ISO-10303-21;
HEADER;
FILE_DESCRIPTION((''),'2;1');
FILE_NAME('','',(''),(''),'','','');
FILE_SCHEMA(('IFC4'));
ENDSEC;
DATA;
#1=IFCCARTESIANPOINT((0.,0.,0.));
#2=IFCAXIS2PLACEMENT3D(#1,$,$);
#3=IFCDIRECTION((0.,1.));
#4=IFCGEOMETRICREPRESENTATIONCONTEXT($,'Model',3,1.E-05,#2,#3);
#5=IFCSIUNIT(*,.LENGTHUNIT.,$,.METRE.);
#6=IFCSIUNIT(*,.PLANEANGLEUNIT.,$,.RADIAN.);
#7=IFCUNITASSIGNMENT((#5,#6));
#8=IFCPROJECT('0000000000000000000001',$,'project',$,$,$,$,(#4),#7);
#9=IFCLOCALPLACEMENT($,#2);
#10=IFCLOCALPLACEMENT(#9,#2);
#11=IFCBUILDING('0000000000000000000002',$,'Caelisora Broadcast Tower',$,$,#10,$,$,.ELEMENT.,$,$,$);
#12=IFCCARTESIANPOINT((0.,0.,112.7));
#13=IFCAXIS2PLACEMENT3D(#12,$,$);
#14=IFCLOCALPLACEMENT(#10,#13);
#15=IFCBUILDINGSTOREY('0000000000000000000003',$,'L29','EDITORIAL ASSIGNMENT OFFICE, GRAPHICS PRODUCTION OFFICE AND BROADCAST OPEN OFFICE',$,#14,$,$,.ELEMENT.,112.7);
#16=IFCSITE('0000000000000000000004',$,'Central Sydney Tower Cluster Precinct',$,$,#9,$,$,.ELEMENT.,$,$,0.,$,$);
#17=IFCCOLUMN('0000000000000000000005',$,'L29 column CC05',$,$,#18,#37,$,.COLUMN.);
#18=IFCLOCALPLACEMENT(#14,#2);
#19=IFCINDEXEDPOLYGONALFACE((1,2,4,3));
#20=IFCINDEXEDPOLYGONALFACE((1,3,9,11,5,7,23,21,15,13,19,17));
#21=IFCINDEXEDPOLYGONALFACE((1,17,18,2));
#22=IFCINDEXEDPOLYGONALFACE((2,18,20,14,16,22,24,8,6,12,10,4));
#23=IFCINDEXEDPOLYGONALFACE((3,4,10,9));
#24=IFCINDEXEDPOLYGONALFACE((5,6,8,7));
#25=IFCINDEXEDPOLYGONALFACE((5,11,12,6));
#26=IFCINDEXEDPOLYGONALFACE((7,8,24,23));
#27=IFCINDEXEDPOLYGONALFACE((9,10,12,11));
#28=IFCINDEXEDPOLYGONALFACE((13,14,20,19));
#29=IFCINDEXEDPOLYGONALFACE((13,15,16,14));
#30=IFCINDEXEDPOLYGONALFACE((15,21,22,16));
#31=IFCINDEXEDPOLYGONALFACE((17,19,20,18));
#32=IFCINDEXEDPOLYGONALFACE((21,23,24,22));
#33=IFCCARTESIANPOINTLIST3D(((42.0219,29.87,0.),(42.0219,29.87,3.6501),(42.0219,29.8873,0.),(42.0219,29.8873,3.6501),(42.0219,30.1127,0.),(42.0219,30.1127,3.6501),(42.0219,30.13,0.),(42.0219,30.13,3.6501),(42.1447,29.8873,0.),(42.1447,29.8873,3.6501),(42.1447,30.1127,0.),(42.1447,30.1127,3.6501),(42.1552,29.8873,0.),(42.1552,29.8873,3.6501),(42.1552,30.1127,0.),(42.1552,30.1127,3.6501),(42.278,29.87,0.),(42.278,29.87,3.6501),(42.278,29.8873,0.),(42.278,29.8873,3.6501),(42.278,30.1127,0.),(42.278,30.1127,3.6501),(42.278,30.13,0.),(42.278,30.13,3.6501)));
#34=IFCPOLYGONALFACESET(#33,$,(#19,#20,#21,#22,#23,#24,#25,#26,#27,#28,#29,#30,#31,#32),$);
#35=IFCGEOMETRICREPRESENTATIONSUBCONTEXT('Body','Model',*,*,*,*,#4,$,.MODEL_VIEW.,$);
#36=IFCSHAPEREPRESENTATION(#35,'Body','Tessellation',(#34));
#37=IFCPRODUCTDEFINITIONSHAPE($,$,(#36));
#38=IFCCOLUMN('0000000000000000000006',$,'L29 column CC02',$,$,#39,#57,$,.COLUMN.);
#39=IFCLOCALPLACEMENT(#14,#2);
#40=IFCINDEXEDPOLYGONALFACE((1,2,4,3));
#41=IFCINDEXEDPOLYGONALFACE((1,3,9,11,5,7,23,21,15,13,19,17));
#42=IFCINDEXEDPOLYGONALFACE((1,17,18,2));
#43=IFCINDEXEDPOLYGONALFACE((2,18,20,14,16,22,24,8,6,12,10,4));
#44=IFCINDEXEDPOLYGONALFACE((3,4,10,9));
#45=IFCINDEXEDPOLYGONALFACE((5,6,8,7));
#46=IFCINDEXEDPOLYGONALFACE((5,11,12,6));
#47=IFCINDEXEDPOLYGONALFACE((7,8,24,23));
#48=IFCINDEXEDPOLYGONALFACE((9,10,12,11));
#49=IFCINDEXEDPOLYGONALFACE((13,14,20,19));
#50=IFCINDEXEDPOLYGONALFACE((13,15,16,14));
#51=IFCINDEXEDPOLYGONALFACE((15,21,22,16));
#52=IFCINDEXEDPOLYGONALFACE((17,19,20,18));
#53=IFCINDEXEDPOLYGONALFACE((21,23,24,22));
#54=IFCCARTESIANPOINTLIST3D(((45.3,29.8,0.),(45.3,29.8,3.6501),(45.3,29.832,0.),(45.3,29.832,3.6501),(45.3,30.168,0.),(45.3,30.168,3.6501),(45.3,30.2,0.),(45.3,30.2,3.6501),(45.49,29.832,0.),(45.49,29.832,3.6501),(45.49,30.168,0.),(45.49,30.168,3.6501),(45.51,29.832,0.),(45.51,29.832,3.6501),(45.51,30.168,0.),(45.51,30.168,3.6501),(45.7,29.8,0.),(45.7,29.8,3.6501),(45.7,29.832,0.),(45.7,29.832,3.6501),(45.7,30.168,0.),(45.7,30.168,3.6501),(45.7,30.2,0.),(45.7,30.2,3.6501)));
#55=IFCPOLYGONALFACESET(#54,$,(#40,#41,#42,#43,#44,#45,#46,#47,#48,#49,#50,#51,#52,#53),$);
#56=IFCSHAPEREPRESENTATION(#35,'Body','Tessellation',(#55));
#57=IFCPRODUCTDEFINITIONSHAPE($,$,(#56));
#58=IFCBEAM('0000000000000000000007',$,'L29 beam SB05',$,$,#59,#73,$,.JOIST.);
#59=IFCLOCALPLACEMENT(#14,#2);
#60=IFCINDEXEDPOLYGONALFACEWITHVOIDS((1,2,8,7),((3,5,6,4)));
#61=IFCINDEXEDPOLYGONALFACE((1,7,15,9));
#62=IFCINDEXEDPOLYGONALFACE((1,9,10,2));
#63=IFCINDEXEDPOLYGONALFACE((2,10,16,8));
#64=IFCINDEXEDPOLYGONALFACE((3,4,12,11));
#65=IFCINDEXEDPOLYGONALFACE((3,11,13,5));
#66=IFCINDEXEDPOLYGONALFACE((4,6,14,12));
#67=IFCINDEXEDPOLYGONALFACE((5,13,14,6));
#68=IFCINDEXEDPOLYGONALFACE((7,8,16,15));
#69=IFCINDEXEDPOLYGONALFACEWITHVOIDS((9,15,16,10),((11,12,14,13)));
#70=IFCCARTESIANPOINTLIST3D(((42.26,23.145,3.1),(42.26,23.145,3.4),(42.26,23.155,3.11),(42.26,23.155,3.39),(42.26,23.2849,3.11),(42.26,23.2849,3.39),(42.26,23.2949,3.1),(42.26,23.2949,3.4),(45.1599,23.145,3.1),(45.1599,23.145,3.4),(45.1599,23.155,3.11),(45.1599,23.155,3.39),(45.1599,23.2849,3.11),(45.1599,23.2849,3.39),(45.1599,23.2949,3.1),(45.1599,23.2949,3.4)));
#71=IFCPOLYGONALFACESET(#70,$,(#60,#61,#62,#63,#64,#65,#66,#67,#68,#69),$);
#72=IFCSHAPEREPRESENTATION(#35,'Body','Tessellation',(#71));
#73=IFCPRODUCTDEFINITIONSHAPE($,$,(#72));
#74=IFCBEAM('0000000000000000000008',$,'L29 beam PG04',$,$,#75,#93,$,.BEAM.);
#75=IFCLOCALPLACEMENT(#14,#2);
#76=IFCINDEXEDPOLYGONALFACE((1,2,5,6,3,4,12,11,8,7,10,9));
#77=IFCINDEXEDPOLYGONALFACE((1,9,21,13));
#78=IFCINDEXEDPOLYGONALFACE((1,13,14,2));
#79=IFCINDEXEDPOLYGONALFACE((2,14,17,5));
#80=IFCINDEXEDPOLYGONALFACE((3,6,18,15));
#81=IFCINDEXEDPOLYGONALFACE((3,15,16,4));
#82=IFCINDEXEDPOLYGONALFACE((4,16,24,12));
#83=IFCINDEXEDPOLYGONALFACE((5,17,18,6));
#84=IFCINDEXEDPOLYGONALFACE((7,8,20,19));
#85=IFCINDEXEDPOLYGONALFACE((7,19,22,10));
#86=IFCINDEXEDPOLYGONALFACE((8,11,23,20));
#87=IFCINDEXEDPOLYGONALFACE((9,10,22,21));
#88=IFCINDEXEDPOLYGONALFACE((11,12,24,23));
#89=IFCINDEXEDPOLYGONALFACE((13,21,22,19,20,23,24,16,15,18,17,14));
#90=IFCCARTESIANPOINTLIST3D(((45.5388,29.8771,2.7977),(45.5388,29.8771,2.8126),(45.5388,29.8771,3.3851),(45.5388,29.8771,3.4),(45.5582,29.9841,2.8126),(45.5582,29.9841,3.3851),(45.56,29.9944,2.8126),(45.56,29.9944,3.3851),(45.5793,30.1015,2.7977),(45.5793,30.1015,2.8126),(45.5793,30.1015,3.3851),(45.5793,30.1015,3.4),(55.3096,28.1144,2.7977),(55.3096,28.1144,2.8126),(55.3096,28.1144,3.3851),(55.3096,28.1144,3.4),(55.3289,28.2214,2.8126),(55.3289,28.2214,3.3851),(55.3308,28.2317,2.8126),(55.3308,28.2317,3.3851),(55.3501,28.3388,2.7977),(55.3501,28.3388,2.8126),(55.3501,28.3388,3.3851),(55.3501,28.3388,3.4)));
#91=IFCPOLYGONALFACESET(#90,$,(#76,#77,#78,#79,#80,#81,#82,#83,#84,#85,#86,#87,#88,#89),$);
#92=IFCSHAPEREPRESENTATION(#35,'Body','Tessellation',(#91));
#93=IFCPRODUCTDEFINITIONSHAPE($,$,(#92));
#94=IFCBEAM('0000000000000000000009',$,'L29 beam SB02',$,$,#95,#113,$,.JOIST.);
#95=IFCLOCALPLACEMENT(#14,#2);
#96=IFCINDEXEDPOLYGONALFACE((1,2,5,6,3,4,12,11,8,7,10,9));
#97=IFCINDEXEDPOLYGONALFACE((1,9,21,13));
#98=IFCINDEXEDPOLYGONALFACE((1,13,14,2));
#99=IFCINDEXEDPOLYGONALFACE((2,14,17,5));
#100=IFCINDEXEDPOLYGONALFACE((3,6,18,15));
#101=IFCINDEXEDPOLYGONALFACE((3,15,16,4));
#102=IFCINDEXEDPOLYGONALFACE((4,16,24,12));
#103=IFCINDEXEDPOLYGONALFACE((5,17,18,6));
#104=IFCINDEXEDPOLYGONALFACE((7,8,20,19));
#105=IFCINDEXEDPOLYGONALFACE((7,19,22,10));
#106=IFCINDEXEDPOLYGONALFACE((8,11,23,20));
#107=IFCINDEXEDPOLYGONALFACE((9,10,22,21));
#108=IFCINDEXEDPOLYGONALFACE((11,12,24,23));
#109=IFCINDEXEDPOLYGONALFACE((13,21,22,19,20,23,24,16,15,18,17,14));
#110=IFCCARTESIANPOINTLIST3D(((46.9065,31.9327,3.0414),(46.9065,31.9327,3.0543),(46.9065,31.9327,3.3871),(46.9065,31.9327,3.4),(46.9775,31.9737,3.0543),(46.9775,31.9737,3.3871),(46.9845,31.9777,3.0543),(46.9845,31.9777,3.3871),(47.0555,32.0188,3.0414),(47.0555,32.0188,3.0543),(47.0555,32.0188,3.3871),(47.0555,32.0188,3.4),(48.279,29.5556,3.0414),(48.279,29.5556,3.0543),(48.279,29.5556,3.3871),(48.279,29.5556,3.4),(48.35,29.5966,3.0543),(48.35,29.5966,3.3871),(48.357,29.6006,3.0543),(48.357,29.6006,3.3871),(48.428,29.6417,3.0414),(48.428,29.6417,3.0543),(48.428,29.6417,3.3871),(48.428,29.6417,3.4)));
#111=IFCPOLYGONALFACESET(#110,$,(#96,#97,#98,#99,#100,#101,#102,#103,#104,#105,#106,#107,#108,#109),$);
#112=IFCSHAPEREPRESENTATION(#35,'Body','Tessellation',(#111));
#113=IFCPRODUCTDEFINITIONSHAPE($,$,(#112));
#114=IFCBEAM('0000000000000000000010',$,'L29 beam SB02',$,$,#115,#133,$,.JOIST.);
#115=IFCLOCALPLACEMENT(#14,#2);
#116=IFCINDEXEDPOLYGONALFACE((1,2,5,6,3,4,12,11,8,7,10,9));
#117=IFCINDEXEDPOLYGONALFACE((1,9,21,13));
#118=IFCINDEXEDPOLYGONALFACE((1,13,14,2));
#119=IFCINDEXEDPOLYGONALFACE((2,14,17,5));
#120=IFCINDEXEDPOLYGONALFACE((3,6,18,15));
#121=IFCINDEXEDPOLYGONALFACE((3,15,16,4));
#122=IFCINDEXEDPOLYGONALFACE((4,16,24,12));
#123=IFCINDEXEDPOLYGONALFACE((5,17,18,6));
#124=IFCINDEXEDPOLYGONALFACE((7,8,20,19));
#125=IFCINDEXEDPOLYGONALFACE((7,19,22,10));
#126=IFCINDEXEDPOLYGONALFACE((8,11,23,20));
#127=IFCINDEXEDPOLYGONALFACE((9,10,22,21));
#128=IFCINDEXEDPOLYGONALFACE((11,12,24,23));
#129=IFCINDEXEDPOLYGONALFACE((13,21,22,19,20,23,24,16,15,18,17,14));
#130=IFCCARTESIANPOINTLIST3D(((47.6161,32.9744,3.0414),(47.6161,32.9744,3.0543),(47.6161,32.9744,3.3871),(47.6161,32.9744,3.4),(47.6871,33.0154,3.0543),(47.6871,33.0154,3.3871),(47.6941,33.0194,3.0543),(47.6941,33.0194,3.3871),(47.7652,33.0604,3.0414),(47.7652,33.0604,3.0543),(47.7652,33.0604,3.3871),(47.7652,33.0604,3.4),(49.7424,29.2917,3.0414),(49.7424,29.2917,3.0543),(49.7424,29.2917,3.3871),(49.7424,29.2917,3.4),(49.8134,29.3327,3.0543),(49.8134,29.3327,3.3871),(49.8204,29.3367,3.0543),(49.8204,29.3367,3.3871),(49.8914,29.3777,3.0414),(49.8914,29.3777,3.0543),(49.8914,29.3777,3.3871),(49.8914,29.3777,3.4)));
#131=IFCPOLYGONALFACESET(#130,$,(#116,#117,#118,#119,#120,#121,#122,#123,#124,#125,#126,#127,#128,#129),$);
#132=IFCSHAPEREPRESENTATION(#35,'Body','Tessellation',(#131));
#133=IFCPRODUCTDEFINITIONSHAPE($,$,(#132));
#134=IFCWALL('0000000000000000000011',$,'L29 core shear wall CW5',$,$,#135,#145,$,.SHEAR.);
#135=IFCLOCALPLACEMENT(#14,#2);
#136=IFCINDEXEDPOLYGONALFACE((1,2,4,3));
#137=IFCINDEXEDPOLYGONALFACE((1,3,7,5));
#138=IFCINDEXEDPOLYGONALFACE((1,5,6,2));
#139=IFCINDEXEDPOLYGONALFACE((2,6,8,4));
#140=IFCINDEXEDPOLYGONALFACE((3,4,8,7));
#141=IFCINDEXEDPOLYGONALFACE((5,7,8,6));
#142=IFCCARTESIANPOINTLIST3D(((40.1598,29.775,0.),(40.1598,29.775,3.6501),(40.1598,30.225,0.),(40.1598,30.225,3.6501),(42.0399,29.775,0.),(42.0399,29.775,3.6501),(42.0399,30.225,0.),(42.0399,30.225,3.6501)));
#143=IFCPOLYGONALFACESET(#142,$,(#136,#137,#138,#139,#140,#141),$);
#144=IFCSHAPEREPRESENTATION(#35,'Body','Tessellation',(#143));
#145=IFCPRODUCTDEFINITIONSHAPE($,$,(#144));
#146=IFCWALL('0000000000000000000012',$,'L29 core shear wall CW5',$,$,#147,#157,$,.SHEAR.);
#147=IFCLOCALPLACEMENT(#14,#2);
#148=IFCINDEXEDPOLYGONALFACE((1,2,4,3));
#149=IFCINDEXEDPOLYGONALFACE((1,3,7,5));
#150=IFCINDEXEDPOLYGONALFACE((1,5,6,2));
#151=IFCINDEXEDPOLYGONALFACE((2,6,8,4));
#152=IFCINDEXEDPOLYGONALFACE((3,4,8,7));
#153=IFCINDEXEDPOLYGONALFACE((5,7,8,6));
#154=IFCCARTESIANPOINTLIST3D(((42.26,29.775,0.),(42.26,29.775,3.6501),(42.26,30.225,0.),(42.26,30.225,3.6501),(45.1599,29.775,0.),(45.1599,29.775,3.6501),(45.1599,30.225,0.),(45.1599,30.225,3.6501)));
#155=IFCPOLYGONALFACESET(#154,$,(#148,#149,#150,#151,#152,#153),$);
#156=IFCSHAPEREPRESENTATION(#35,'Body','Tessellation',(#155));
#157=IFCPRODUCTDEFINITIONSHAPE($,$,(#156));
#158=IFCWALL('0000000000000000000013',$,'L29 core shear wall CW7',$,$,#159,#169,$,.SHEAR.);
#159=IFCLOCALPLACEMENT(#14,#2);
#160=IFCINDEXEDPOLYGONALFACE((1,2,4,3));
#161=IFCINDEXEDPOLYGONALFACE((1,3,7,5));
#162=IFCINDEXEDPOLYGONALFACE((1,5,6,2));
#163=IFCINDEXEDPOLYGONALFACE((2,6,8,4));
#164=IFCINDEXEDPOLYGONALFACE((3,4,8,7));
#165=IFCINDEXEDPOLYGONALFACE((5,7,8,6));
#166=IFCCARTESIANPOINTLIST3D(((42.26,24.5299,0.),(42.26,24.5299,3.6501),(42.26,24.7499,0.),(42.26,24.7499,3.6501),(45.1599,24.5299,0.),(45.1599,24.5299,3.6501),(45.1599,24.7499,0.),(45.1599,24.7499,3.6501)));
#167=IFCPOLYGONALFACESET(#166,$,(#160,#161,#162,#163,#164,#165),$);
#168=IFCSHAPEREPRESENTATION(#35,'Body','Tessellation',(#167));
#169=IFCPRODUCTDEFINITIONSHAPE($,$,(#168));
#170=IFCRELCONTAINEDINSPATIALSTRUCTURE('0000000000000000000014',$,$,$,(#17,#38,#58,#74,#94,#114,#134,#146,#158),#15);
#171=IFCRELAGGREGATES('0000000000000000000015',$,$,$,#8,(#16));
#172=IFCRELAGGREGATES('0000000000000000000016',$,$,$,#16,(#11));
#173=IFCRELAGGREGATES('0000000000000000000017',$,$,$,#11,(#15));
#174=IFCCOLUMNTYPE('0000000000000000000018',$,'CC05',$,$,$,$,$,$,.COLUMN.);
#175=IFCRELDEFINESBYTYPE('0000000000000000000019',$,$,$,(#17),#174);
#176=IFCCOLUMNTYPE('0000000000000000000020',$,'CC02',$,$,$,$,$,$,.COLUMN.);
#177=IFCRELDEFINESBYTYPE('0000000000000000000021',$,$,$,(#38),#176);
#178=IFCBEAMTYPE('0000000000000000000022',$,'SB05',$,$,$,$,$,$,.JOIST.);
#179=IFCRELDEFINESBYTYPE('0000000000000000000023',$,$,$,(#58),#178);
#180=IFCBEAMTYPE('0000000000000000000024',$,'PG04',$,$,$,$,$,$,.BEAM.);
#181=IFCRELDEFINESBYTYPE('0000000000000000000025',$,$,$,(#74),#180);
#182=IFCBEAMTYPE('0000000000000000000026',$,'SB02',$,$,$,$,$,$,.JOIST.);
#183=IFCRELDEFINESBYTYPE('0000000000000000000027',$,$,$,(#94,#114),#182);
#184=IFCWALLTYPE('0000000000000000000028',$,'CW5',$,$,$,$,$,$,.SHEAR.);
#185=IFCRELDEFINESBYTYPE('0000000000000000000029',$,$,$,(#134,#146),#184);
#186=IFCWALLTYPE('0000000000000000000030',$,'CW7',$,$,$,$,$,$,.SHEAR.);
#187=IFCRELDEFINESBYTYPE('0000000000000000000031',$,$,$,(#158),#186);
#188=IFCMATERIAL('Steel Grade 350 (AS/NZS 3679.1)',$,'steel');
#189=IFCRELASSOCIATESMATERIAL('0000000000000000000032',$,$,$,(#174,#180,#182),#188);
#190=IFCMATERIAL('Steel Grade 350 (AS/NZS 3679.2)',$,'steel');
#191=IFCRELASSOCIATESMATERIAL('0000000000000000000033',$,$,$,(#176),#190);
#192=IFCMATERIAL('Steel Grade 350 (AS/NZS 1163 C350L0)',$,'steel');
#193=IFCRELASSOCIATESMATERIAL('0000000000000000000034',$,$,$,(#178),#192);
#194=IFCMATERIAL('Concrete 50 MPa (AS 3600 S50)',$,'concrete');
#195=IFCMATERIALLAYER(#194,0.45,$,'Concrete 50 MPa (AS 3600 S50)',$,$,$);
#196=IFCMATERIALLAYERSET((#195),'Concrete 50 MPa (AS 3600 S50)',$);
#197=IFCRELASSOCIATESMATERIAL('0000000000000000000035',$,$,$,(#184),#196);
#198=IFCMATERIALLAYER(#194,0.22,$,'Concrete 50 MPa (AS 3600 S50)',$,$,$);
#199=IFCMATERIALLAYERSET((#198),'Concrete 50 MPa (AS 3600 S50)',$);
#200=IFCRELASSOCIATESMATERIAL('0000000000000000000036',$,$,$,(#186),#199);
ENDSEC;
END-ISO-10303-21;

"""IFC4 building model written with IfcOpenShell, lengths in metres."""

from ifc_helpers import new_model, si_unit, direction, frame, frame_2d, origin, origin_2d, place, context, subcontext, project, spatial, rectangle, hollow_rectangle, i_section, extrude, source, transform, mapped, material, layer, layer_set, material_profile, profile_set, type_object, type_shapes, element, save


model = new_model("IFC4")

# Units and contexts
model_context = context("Model", 3, precision=1e-05, world=origin(), true_north=direction((0.0, 1.0)))
body_context = subcontext(model_context, "Body", "Model", "MODEL_VIEW")
ifc_project = project(units=[si_unit("LENGTHUNIT", "METRE"), si_unit("PLANEANGLEUNIT", "RADIAN")], contexts=[model_context])

# Site, building, storey
site_placement = place(None, origin())
site = spatial("IfcSite", under=ifc_project, at=site_placement, Name="Central Sydney Tower Cluster Precinct", CompositionType="ELEMENT", RefElevation=0.0)
building_placement = place(site_placement, origin())
building = spatial("IfcBuilding", under=site, at=building_placement, Name="Caelisora Broadcast Tower", CompositionType="ELEMENT")
storey_placement = place(building_placement, frame((0.0, 0.0, 112.7)))
storey = spatial("IfcBuildingStorey", under=building, at=storey_placement, Name="L29", Description="EDITORIAL ASSIGNMENT OFFICE, GRAPHICS PRODUCTION OFFICE AND BROADCAST OPEN OFFICE", CompositionType="ELEMENT", Elevation=112.7)

# Columns
ifc_material_1 = material(Name="Steel Grade 350 (AS/NZS 3679.1)", Category="steel")
ifc_material_profile_1 = material_profile(ifc_material_1, i_section(OverallWidth=0.2561, OverallDepth=0.26, WebThickness=0.0105, FlangeThickness=0.0173, at=origin_2d()), Name="Steel Grade 350 (AS/NZS 3679.1)")
ifc_profile_set_1 = profile_set([ifc_material_profile_1], Name="Steel Grade 350 (AS/NZS 3679.1)")
column_type_1 = type_object("IfcColumnType", Name="CC05", PredefinedType="COLUMN", material=ifc_profile_set_1)
shared_shape_1 = source(origin(), body_context, "Body", "SweptSolid", [
    extrude(i_section(OverallWidth=0.2561, OverallDepth=0.26, WebThickness=0.0105, FlangeThickness=0.0173, at=origin_2d()), origin(), (0.0, 0.0, 1.0), 3.6501),
])
type_shapes(column_type_1, [shared_shape_1])
column_1_placement = place(storey_placement, frame((42.1499, 30.0, 0.0), z_axis=(0.0, 0.0, 1.0), x_axis=(1.0, 0.0, 0.0)))
element("IfcColumn", 1, at=column_1_placement, inside=storey, type_object=column_type_1, Name="L29 column CC05", PredefinedType="COLUMN", context=body_context, shape_type="MappedRepresentation", body=[
    mapped(shared_shape_1, transform((0.0, 0.0, 0.0), scale=1.0)),
])
ifc_material_2 = material(Name="Steel Grade 350 (AS/NZS 3679.2)", Category="steel")
ifc_material_profile_2 = material_profile(ifc_material_2, i_section(OverallWidth=0.3999, OverallDepth=0.3999, WebThickness=0.02, FlangeThickness=0.032, at=origin_2d()), Name="Steel Grade 350 (AS/NZS 3679.2)")
ifc_profile_set_2 = profile_set([ifc_material_profile_2], Name="Steel Grade 350 (AS/NZS 3679.2)")
column_type_2 = type_object("IfcColumnType", Name="CC02", PredefinedType="COLUMN", material=ifc_profile_set_2)
shared_shape_2 = source(origin(), body_context, "Body", "SweptSolid", [
    extrude(i_section(OverallWidth=0.3999, OverallDepth=0.3999, WebThickness=0.02, FlangeThickness=0.032, at=origin_2d()), origin(), (0.0, 0.0, 1.0), 3.6501),
])
type_shapes(column_type_2, [shared_shape_2])
column_2_placement = place(storey_placement, frame((45.5, 30.0, 0.0), z_axis=(0.0, 0.0, 1.0), x_axis=(1.0, 0.0, 0.0)))
element("IfcColumn", 2, at=column_2_placement, inside=storey, type_object=column_type_2, Name="L29 column CC02", PredefinedType="COLUMN", context=body_context, shape_type="MappedRepresentation", body=[
    mapped(shared_shape_2, transform((0.0, 0.0, 0.0), scale=1.0)),
])

# Beams
ifc_material_3 = material(Name="Steel Grade 350 (AS/NZS 1163 C350L0)", Category="steel")
ifc_material_profile_3 = material_profile(ifc_material_3, hollow_rectangle(XDim=0.1499, YDim=0.3, WallThickness=0.01, at=origin_2d()), Name="Steel Grade 350 (AS/NZS 1163 C350L0)")
ifc_profile_set_3 = profile_set([ifc_material_profile_3], Name="Steel Grade 350 (AS/NZS 1163 C350L0)")
beam_type_1 = type_object("IfcBeamType", Name="SB05", PredefinedType="JOIST", material=ifc_profile_set_3)
shared_shape_3 = source(origin(), body_context, "Body", "SweptSolid", [
    extrude(hollow_rectangle(XDim=0.1499, YDim=0.3, WallThickness=0.01, at=origin_2d()), origin(), (0.0, 0.0, 1.0), 2.8999),
])
type_shapes(beam_type_1, [shared_shape_3])
beam_1_placement = place(storey_placement, frame((42.26, 23.22, 3.25), z_axis=(1.0, 0.0, 0.0), x_axis=(0.0, 1.0, 0.0)))
element("IfcBeam", 3, at=beam_1_placement, inside=storey, type_object=beam_type_1, Name="L29 beam SB05", PredefinedType="JOIST", context=body_context, shape_type="MappedRepresentation", body=[
    mapped(shared_shape_3, transform((0.0, 0.0, 0.0), scale=1.0)),
])
ifc_material_profile_4 = material_profile(ifc_material_1, i_section(OverallWidth=0.228, OverallDepth=0.6023, WebThickness=0.0105, FlangeThickness=0.0149, at=origin_2d()), Name="Steel Grade 350 (AS/NZS 3679.1)")
ifc_profile_set_4 = profile_set([ifc_material_profile_4], Name="Steel Grade 350 (AS/NZS 3679.1)")
beam_type_2 = type_object("IfcBeamType", Name="PG04", PredefinedType="BEAM", material=ifc_profile_set_4)
shared_shape_4 = source(origin(), body_context, "Body", "SweptSolid", [
    extrude(i_section(OverallWidth=0.228, OverallDepth=0.6023, WebThickness=0.0105, FlangeThickness=0.0149, at=origin_2d()), origin(), (0.0, 0.0, 1.0), 9.9285),
])
type_shapes(beam_type_2, [shared_shape_4])
beam_2_placement = place(storey_placement, frame((45.5591, 29.9893, 3.0989), z_axis=(0.984114, -0.177539, 0.0), x_axis=(0.177539, 0.984114, 0.0)))
element("IfcBeam", 4, at=beam_2_placement, inside=storey, type_object=beam_type_2, Name="L29 beam PG04", PredefinedType="BEAM", context=body_context, shape_type="MappedRepresentation", body=[
    mapped(shared_shape_4, transform((0.0, 0.0, 0.0), scale=1.0)),
])
ifc_material_profile_5 = material_profile(ifc_material_1, i_section(OverallWidth=0.1721, OverallDepth=0.3586, WebThickness=0.0081, FlangeThickness=0.0129, at=origin_2d()), Name="Steel Grade 350 (AS/NZS 3679.1)")
ifc_profile_set_5 = profile_set([ifc_material_profile_5], Name="Steel Grade 350 (AS/NZS 3679.1)")
beam_type_3 = type_object("IfcBeamType", Name="SB02", PredefinedType="JOIST", material=ifc_profile_set_5)
shared_shape_5 = source(origin(), body_context, "Body", "SweptSolid", [
    extrude(i_section(OverallWidth=0.1721, OverallDepth=0.3586, WebThickness=0.0081, FlangeThickness=0.0129, at=origin_2d()), origin(), (0.0, 0.0, 1.0), 2.7449),
])
beam_3_placement = place(storey_placement, frame((48.3535, 29.5986, 3.2207), z_axis=(-0.500023, 0.866012, 0.0), x_axis=(-0.866012, -0.500023, 0.0)))
element("IfcBeam", 5, at=beam_3_placement, inside=storey, type_object=beam_type_3, Name="L29 beam SB02", PredefinedType="JOIST", context=body_context, shape_type="MappedRepresentation", body=[
    mapped(shared_shape_5, transform((0.0, 0.0, 0.0), scale=1.0)),
])
shared_shape_6 = source(origin(), body_context, "Body", "SweptSolid", [
    extrude(i_section(OverallWidth=0.1721, OverallDepth=0.3586, WebThickness=0.0081, FlangeThickness=0.0129, at=origin_2d()), origin(), (0.0, 0.0, 1.0), 4.2524),
])
type_shapes(beam_type_3, [shared_shape_5, shared_shape_6])
beam_4_placement = place(storey_placement, frame((49.8169, 29.3347, 3.2207), z_axis=(-0.500011, 0.866019, 0.0), x_axis=(-0.866019, -0.500011, 0.0)))
element("IfcBeam", 6, at=beam_4_placement, inside=storey, type_object=beam_type_3, Name="L29 beam SB02", PredefinedType="JOIST", context=body_context, shape_type="MappedRepresentation", body=[
    mapped(shared_shape_6, transform((0.0, 0.0, 0.0), scale=1.0)),
])

# Walls
ifc_material_4 = material(Name="Concrete 50 MPa (AS 3600 S50)", Category="concrete")
ifc_layer_1 = layer(ifc_material_4, 0.45, Name="Concrete 50 MPa (AS 3600 S50)")
ifc_layer_set_1 = layer_set([ifc_layer_1], Name="Concrete 50 MPa (AS 3600 S50)")
wall_type_1 = type_object("IfcWallType", Name="CW5", PredefinedType="SHEAR", material=ifc_layer_set_1)
wall_1_placement = place(storey_placement, frame((40.1599, 30.0, 0.0), z_axis=(0.0, 0.0, 1.0), x_axis=(1.0, 0.0, 0.0)))
element("IfcWall", 7, at=wall_1_placement, inside=storey, type_object=wall_type_1, Name="L29 core shear wall CW5", PredefinedType="SHEAR", context=body_context, shape_type="SweptSolid", body=[
    extrude(rectangle(XDim=1.8801, YDim=0.45, at=frame_2d((0.9399, 0.0))), origin(), (0.0, 0.0, 1.0), 3.6501),
])
wall_2_placement = place(storey_placement, frame((42.26, 30.0, 0.0), z_axis=(0.0, 0.0, 1.0), x_axis=(1.0, 0.0, 0.0)))
element("IfcWall", 8, at=wall_2_placement, inside=storey, type_object=wall_type_1, Name="L29 core shear wall CW5", PredefinedType="SHEAR", context=body_context, shape_type="SweptSolid", body=[
    extrude(rectangle(XDim=2.8999, YDim=0.45, at=frame_2d((1.45, 0.0))), origin(), (0.0, 0.0, 1.0), 3.6501),
])
ifc_layer_2 = layer(ifc_material_4, 0.22, Name="Concrete 50 MPa (AS 3600 S50)")
ifc_layer_set_2 = layer_set([ifc_layer_2], Name="Concrete 50 MPa (AS 3600 S50)")
wall_type_2 = type_object("IfcWallType", Name="CW7", PredefinedType="SHEAR", material=ifc_layer_set_2)
wall_3_placement = place(storey_placement, frame((42.26, 24.6399, 0.0), z_axis=(0.0, 0.0, 1.0), x_axis=(1.0, 0.0, 0.0)))
element("IfcWall", 9, at=wall_3_placement, inside=storey, type_object=wall_type_2, Name="L29 core shear wall CW7", PredefinedType="SHEAR", context=body_context, shape_type="SweptSolid", body=[
    extrude(rectangle(XDim=2.8999, YDim=0.22, at=frame_2d((1.45, 0.0))), origin(), (0.0, 0.0, 1.0), 3.6501),
])

save(model, "model.ifc")
